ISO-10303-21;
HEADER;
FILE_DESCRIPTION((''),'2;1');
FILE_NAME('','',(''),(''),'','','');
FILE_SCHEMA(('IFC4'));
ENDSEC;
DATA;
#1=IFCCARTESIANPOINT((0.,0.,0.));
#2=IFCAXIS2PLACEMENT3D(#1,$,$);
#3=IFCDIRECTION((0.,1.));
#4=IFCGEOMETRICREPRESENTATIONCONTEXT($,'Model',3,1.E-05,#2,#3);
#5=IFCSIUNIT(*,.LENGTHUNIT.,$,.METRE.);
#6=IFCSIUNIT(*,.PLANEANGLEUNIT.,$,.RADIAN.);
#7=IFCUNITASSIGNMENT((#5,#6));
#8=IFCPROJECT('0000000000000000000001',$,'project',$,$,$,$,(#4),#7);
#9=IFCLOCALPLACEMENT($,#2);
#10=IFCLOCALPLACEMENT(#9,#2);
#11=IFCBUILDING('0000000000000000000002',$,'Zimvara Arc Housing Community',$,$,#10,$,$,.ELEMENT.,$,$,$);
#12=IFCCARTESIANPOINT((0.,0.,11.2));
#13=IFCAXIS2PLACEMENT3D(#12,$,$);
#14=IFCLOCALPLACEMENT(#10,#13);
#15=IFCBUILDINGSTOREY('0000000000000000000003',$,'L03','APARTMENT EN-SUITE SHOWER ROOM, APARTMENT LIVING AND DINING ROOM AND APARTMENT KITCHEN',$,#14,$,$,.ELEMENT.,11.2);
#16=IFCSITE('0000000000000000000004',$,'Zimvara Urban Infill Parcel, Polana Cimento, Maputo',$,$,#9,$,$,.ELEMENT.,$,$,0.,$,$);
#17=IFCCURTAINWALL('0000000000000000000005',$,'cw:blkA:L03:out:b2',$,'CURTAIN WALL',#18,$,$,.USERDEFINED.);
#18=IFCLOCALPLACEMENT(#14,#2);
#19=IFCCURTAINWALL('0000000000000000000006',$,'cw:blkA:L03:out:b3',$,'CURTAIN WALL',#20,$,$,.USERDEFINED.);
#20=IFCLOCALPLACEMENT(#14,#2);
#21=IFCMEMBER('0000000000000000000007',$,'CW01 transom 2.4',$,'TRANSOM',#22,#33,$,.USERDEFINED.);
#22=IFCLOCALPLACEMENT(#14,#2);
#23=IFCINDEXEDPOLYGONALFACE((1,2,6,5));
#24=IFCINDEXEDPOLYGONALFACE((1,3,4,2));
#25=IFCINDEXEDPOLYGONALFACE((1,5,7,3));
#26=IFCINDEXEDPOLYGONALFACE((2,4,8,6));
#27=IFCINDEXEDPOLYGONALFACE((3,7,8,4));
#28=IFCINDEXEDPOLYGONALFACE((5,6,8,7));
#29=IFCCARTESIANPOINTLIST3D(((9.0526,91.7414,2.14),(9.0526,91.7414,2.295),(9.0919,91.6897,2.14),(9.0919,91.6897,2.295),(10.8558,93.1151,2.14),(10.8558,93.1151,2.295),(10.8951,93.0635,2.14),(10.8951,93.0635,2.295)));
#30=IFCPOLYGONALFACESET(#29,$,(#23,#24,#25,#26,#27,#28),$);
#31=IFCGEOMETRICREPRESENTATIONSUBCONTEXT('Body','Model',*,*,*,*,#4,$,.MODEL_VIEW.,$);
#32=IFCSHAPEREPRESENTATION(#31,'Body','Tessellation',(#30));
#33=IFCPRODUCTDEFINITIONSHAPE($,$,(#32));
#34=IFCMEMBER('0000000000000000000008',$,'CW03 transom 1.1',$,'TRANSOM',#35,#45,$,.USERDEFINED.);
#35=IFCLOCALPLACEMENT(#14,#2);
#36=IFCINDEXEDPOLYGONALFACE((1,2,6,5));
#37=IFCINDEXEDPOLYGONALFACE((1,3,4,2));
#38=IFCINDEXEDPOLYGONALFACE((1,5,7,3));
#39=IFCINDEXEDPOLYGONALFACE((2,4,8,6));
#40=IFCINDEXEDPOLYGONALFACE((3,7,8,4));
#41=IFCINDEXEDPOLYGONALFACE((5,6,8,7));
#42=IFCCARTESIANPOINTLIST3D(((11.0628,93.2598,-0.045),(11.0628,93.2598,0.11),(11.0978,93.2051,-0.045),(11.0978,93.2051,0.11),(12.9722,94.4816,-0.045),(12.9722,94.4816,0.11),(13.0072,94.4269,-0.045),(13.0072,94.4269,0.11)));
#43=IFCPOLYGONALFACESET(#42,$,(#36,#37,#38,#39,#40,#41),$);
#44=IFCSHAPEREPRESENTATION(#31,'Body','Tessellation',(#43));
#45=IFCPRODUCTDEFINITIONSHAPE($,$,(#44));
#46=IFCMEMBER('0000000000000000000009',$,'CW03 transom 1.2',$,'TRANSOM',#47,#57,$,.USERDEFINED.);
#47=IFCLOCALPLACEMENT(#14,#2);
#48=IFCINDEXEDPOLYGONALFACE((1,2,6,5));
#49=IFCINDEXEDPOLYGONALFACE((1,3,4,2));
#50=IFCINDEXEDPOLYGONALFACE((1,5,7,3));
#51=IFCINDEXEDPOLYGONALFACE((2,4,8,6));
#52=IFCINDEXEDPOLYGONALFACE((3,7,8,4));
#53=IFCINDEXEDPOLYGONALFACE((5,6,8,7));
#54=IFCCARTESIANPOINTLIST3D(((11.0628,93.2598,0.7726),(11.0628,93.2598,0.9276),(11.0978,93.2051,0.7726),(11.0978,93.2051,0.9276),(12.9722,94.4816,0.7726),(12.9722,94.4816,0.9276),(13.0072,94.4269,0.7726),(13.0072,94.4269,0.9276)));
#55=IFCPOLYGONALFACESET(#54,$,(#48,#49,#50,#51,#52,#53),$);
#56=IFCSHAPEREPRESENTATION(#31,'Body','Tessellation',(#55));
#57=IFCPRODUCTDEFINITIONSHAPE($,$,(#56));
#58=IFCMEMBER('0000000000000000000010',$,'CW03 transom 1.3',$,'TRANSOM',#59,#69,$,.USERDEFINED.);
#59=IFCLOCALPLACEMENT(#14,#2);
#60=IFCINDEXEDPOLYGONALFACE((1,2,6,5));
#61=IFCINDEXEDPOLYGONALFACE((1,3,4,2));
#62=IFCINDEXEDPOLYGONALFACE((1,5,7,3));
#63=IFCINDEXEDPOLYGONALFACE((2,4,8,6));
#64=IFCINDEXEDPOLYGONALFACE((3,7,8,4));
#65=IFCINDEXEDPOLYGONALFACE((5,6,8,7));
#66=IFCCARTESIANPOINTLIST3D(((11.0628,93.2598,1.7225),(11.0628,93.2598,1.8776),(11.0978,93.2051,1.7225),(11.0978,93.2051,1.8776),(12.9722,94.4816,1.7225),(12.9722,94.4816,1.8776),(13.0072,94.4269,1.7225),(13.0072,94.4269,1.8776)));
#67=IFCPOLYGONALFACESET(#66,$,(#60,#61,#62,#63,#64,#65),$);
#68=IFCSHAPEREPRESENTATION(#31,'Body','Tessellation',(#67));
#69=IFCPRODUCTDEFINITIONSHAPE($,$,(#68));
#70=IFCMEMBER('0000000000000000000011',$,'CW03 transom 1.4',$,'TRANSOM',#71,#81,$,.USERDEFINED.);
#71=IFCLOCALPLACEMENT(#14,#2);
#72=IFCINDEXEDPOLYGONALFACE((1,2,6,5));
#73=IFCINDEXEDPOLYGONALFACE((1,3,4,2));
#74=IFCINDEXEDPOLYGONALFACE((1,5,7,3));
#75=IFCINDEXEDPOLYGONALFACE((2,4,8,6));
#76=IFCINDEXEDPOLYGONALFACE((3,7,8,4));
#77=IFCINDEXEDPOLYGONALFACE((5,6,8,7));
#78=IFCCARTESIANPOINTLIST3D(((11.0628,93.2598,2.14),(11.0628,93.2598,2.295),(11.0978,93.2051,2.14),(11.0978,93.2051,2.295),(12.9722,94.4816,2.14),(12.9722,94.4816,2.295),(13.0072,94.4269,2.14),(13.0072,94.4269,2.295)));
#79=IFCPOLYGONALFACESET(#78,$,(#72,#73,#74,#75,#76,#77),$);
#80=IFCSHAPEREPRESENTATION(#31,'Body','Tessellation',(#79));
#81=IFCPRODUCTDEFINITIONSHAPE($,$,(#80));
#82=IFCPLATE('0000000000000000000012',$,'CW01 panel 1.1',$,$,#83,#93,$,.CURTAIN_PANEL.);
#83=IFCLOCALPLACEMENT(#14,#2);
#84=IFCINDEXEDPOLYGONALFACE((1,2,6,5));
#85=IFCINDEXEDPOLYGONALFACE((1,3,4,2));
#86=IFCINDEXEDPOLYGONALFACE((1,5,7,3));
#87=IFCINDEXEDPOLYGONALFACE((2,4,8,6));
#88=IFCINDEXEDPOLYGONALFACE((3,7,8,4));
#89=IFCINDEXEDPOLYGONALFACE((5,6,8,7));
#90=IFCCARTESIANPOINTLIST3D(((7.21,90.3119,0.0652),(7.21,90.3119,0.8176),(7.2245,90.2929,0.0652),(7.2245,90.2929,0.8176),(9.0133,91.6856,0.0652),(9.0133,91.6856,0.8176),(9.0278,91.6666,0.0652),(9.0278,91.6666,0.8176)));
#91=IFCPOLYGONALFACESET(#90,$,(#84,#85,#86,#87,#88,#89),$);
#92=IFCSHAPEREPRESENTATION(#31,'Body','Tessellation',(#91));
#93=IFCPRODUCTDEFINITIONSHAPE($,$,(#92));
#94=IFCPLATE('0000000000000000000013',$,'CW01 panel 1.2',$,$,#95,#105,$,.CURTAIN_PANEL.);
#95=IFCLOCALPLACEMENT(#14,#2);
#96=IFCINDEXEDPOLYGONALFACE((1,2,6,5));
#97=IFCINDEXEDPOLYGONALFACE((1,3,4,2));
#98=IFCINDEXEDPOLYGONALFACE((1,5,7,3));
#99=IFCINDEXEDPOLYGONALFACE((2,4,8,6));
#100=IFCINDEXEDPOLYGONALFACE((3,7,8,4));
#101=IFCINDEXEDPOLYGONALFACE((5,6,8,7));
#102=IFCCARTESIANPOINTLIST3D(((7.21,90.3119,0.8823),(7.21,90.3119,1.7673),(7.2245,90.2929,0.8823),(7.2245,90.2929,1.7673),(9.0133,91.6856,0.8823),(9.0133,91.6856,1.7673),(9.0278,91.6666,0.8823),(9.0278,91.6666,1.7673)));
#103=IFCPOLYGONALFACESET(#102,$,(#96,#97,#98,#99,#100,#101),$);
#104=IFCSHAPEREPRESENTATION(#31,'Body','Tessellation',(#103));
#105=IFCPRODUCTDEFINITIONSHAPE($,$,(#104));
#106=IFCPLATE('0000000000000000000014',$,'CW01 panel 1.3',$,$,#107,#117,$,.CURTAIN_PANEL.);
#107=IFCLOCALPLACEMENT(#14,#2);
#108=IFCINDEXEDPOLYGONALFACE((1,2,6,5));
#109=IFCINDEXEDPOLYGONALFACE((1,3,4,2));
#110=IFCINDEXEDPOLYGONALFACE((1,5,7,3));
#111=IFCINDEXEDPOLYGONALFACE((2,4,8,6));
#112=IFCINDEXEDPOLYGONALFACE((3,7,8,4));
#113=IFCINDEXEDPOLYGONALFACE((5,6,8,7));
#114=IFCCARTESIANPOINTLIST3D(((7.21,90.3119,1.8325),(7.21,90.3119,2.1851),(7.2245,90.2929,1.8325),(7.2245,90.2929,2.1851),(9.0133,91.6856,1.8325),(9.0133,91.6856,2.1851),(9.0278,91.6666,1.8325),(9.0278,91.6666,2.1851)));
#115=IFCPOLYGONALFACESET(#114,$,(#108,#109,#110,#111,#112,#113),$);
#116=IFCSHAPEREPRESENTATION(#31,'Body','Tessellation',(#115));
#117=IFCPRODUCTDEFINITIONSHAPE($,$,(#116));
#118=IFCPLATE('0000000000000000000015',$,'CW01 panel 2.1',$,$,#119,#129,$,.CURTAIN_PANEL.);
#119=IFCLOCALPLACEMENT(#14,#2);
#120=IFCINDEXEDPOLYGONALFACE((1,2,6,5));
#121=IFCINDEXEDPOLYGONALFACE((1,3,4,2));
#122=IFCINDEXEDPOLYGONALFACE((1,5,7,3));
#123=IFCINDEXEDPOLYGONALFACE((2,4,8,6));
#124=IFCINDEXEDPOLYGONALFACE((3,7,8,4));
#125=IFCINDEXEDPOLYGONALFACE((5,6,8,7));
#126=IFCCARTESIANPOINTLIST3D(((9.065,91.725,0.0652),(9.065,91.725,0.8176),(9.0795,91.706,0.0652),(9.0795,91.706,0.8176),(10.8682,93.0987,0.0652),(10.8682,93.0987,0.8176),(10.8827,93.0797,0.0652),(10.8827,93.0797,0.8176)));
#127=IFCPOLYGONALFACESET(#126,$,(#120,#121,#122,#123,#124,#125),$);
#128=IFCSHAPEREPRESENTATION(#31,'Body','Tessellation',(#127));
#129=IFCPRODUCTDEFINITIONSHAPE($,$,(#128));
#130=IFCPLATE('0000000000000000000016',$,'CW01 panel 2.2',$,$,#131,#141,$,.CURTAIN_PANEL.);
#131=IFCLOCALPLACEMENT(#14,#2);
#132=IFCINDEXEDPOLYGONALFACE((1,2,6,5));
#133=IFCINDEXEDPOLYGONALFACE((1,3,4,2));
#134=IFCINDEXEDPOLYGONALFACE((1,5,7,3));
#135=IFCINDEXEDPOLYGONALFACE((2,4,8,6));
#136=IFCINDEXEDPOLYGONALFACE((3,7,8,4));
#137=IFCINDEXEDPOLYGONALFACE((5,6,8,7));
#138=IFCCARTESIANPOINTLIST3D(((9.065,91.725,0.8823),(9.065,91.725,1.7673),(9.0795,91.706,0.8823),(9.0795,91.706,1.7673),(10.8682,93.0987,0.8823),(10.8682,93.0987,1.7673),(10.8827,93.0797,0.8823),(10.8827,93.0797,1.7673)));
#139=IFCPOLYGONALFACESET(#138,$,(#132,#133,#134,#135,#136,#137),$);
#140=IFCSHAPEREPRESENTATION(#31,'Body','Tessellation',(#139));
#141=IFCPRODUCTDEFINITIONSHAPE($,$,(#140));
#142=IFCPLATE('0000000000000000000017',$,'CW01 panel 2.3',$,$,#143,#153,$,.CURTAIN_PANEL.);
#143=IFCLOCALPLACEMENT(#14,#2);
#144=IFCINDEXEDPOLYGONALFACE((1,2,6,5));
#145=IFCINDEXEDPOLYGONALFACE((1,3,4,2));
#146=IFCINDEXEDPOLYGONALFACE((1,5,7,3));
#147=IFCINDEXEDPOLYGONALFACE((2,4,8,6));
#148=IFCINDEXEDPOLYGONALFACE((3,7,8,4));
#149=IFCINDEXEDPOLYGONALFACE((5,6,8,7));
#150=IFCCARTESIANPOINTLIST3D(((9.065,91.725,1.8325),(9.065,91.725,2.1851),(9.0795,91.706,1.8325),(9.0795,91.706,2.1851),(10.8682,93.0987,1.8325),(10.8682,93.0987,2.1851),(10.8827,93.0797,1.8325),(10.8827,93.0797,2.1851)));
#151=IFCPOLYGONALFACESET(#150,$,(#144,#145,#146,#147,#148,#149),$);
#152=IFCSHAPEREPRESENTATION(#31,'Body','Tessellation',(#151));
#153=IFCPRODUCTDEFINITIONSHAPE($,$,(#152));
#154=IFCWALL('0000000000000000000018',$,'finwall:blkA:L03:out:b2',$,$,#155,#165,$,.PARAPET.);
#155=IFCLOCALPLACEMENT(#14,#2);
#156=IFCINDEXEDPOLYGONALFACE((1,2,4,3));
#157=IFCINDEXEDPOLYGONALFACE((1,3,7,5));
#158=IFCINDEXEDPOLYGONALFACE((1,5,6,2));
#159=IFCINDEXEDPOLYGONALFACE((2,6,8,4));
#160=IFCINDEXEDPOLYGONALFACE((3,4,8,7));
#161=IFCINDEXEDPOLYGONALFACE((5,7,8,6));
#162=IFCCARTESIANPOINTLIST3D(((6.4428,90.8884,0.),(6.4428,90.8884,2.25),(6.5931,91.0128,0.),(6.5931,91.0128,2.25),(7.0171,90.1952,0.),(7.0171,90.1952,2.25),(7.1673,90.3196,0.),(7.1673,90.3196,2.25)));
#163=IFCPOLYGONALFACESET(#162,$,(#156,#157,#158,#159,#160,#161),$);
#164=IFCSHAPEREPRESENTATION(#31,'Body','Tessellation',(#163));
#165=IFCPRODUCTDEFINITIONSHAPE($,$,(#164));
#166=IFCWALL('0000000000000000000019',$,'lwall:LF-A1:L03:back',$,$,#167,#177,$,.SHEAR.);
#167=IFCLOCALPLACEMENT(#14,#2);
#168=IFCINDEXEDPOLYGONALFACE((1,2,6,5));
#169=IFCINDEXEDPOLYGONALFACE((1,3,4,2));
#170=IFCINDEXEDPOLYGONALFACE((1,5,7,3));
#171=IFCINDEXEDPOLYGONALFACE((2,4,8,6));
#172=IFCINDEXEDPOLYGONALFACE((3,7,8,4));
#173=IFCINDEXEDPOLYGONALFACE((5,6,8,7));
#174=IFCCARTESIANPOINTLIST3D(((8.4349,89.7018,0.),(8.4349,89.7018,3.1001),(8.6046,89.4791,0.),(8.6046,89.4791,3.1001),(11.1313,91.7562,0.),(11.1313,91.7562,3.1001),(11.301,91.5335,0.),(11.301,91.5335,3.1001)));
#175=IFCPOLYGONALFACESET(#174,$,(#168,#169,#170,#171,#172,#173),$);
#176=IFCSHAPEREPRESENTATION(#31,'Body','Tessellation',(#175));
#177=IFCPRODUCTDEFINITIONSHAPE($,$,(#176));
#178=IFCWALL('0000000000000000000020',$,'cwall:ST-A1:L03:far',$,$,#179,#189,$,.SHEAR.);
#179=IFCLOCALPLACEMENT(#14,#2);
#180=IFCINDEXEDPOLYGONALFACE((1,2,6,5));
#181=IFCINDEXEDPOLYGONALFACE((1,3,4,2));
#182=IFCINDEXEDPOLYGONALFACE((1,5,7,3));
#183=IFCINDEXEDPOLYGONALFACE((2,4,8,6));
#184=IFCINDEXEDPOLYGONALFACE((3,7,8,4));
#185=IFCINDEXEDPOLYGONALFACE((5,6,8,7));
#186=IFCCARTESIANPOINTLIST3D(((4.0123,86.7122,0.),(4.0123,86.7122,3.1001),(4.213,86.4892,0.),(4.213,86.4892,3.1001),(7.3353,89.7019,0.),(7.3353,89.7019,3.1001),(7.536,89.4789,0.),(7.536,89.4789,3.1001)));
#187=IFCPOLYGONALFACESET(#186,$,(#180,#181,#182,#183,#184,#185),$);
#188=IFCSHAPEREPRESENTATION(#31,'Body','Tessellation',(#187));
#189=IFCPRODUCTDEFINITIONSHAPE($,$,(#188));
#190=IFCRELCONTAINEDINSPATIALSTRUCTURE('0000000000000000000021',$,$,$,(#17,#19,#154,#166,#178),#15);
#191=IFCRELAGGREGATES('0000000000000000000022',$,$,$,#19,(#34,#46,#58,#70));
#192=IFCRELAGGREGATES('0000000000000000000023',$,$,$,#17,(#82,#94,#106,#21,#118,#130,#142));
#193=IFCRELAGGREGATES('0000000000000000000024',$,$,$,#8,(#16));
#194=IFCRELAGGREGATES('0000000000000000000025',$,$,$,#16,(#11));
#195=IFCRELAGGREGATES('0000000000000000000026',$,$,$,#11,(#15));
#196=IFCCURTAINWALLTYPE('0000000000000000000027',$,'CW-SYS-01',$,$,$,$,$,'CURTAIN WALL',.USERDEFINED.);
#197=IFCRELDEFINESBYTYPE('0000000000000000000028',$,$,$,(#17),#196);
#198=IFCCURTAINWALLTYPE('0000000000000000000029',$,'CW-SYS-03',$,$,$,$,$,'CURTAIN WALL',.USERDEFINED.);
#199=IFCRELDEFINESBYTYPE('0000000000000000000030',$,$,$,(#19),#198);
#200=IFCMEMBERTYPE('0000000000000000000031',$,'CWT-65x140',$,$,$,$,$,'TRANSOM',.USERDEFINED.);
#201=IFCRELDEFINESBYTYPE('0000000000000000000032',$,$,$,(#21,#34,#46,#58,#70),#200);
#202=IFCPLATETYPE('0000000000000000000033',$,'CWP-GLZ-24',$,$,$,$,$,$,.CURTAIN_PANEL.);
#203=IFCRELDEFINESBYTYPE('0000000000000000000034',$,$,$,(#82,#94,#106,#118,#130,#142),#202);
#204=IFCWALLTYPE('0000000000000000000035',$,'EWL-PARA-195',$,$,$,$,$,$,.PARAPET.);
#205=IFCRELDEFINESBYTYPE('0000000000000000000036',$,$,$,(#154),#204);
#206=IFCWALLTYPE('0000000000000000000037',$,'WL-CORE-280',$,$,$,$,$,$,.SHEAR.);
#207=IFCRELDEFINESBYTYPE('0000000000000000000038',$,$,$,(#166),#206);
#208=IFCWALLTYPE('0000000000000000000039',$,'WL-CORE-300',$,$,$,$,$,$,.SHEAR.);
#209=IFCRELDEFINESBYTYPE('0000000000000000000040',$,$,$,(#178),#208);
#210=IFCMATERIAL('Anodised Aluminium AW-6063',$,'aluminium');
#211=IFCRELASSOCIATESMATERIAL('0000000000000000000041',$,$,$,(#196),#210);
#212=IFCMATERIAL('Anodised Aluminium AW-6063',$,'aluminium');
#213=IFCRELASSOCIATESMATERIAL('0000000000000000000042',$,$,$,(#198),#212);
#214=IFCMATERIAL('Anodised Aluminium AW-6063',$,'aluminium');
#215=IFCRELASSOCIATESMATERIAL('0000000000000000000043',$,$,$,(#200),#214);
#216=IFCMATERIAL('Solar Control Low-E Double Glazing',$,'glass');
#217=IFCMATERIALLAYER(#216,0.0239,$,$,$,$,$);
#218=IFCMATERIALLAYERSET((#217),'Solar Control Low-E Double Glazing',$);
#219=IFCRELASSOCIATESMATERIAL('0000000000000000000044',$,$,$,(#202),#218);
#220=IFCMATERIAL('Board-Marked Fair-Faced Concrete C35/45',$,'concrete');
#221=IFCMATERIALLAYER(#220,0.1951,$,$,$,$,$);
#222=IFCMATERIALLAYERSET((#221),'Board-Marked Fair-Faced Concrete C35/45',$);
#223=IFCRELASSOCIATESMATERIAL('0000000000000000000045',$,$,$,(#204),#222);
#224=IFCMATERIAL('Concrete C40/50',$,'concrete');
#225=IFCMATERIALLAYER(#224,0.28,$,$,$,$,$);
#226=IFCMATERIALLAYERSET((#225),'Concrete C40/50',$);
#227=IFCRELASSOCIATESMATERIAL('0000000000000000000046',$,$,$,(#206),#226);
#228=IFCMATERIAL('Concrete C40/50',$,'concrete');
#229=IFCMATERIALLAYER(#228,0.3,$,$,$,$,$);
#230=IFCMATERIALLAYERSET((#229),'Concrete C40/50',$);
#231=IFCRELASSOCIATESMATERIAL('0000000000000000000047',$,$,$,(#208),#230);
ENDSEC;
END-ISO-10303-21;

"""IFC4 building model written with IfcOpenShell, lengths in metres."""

from ifc_helpers import new_model, si_unit, direction, frame, frame_2d, origin, origin_2d, place, context, subcontext, project, spatial, rectangle, extrude, material, layer, layer_set, material_profile, profile_set, type_object, element, aggregate, save


model = new_model("IFC4")

# Units and contexts
model_context = context("Model", 3, precision=1e-05, world=origin(), true_north=direction((0.0, 1.0)))
body_context = subcontext(model_context, "Body", "Model", "MODEL_VIEW")
ifc_project = project(units=[si_unit("LENGTHUNIT", "METRE"), si_unit("PLANEANGLEUNIT", "RADIAN")], contexts=[model_context])

# Site, building, storey
site_placement = place(None, origin())
site = spatial("IfcSite", under=ifc_project, at=site_placement, Name="Zimvara Urban Infill Parcel, Polana Cimento, Maputo", CompositionType="ELEMENT", RefElevation=0.0)
building_placement = place(site_placement, origin())
building = spatial("IfcBuilding", under=site, at=building_placement, Name="Zimvara Arc Housing Community", CompositionType="ELEMENT")
storey_placement = place(building_placement, frame((0.0, 0.0, 11.2)))
storey = spatial("IfcBuildingStorey", under=building, at=storey_placement, Name="L03", Description="APARTMENT EN-SUITE SHOWER ROOM, APARTMENT LIVING AND DINING ROOM AND APARTMENT KITCHEN", CompositionType="ELEMENT", Elevation=11.2)

# Curtain wall
ifc_material_1 = material(Name="Anodised Aluminium AW-6063", Category="aluminium")
curtain_wall_type_1 = type_object("IfcCurtainWallType", Name="CW-SYS-01", ElementType="CURTAIN WALL", PredefinedType="USERDEFINED", material=ifc_material_1)
curtain_wall_1_placement = place(storey_placement, origin())
curtain_wall_1 = element("IfcCurtainWall", 1, at=curtain_wall_1_placement, inside=storey, type_object=curtain_wall_type_1, Name="cw:blkA:L03:out:b2", ObjectType="CURTAIN WALL", PredefinedType="USERDEFINED")

# Curtain wall
ifc_material_2 = material(Name="Anodised Aluminium AW-6063", Category="aluminium")
curtain_wall_type_2 = type_object("IfcCurtainWallType", Name="CW-SYS-03", ElementType="CURTAIN WALL", PredefinedType="USERDEFINED", material=ifc_material_2)
curtain_wall_2_placement = place(storey_placement, origin())
curtain_wall_2 = element("IfcCurtainWall", 2, at=curtain_wall_2_placement, inside=storey, type_object=curtain_wall_type_2, Name="cw:blkA:L03:out:b3", ObjectType="CURTAIN WALL", PredefinedType="USERDEFINED")

# Members
ifc_material_3 = material(Name="Anodised Aluminium AW-6063", Category="aluminium")
ifc_material_profile_1 = material_profile(ifc_material_3, rectangle(XDim=0.0649, YDim=0.155, at=origin_2d()), Name="ALU 65x155")
ifc_profile_set_1 = profile_set([ifc_material_profile_1], Name="Anodised Aluminium AW-6063")
member_type_1 = type_object("IfcMemberType", Name="CWT-65x140", ElementType="TRANSOM", PredefinedType="USERDEFINED", material=ifc_profile_set_1)
member_1_placement = place(storey_placement, frame((9.0723, 91.7156, 2.2175), z_axis=(0.795454, 0.606014, 0.0), x_axis=(-0.606014, 0.795454, 0.0)))
member_1 = element("IfcMember", 3, at=member_1_placement, type_object=member_type_1, Name="CW01 transom 2.4", ObjectType="TRANSOM", PredefinedType="USERDEFINED", context=body_context, shape_type="SweptSolid", body=[
    extrude(rectangle(XDim=0.0649, YDim=0.155, at=origin_2d()), origin(), (0.0, 0.0, 1.0), 2.2668),
])
member_2_placement = place(storey_placement, frame((11.0803, 93.2324, 0.0325), z_axis=(0.842293, 0.53902, 0.0), x_axis=(-0.53902, 0.842293, 0.0)))
member_2 = element("IfcMember", 4, at=member_2_placement, type_object=member_type_1, Name="CW03 transom 1.1", ObjectType="TRANSOM", PredefinedType="USERDEFINED", context=body_context, shape_type="SweptSolid", body=[
    extrude(rectangle(XDim=0.0649, YDim=0.155, at=origin_2d()), origin(), (0.0, 0.0, 1.0), 2.2668),
])
member_3_placement = place(storey_placement, frame((11.0803, 93.2324, 0.8501), z_axis=(0.842293, 0.53902, 0.0), x_axis=(-0.53902, 0.842293, 0.0)))
member_3 = element("IfcMember", 5, at=member_3_placement, type_object=member_type_1, Name="CW03 transom 1.2", ObjectType="TRANSOM", PredefinedType="USERDEFINED", context=body_context, shape_type="SweptSolid", body=[
    extrude(rectangle(XDim=0.0649, YDim=0.155, at=origin_2d()), origin(), (0.0, 0.0, 1.0), 2.2668),
])
member_4_placement = place(storey_placement, frame((11.0803, 93.2324, 1.8), z_axis=(0.842293, 0.53902, 0.0), x_axis=(-0.53902, 0.842293, 0.0)))
member_4 = element("IfcMember", 6, at=member_4_placement, type_object=member_type_1, Name="CW03 transom 1.3", ObjectType="TRANSOM", PredefinedType="USERDEFINED", context=body_context, shape_type="SweptSolid", body=[
    extrude(rectangle(XDim=0.0649, YDim=0.155, at=origin_2d()), origin(), (0.0, 0.0, 1.0), 2.2668),
])
member_5_placement = place(storey_placement, frame((11.0803, 93.2324, 2.2175), z_axis=(0.842293, 0.53902, 0.0), x_axis=(-0.53902, 0.842293, 0.0)))
member_5 = element("IfcMember", 7, at=member_5_placement, type_object=member_type_1, Name="CW03 transom 1.4", ObjectType="TRANSOM", PredefinedType="USERDEFINED", context=body_context, shape_type="SweptSolid", body=[
    extrude(rectangle(XDim=0.0649, YDim=0.155, at=origin_2d()), origin(), (0.0, 0.0, 1.0), 2.2668),
])
aggregate(curtain_wall_2, [member_2, member_3, member_4, member_5])

# Plates
ifc_material_4 = material(Name="Solar Control Low-E Double Glazing", Category="glass")
ifc_layer_1 = layer(ifc_material_4, 0.0239)
ifc_layer_set_1 = layer_set([ifc_layer_1], Name="Solar Control Low-E Double Glazing")
plate_type = type_object("IfcPlateType", Name="CWP-GLZ-24", PredefinedType="CURTAIN_PANEL", material=ifc_layer_set_1)
plate_1_placement = place(storey_placement, frame((8.1189, 90.9893, 0.0652), z_axis=(0.0, 0.0, 1.0), x_axis=(0.795474, 0.605988, 0.0)))
plate_1 = element("IfcPlate", 8, at=plate_1_placement, type_object=plate_type, Name="CW01 panel 1.1", PredefinedType="CURTAIN_PANEL", context=body_context, shape_type="SweptSolid", body=[
    extrude(rectangle(XDim=2.2668, YDim=0.0239, at=origin_2d()), origin(), (0.0, 0.0, 1.0), 0.7524),
])
plate_2_placement = place(storey_placement, frame((8.1189, 90.9893, 0.8823), z_axis=(0.0, 0.0, 1.0), x_axis=(0.795474, 0.605988, 0.0)))
plate_2 = element("IfcPlate", 9, at=plate_2_placement, type_object=plate_type, Name="CW01 panel 1.2", PredefinedType="CURTAIN_PANEL", context=body_context, shape_type="SweptSolid", body=[
    extrude(rectangle(XDim=2.2668, YDim=0.0239, at=origin_2d()), origin(), (0.0, 0.0, 1.0), 0.885),
])
plate_3_placement = place(storey_placement, frame((8.1189, 90.9893, 1.8325), z_axis=(0.0, 0.0, 1.0), x_axis=(0.795474, 0.605988, 0.0)))
plate_3 = element("IfcPlate", 10, at=plate_3_placement, type_object=plate_type, Name="CW01 panel 1.3", PredefinedType="CURTAIN_PANEL", context=body_context, shape_type="SweptSolid", body=[
    extrude(rectangle(XDim=2.2668, YDim=0.0239, at=origin_2d()), origin(), (0.0, 0.0, 1.0), 0.3525),
])
plate_4_placement = place(storey_placement, frame((9.9739, 92.4023, 0.0652), z_axis=(0.0, 0.0, 1.0), x_axis=(0.795474, 0.605988, 0.0)))
plate_4 = element("IfcPlate", 11, at=plate_4_placement, type_object=plate_type, Name="CW01 panel 2.1", PredefinedType="CURTAIN_PANEL", context=body_context, shape_type="SweptSolid", body=[
    extrude(rectangle(XDim=2.2668, YDim=0.0239, at=origin_2d()), origin(), (0.0, 0.0, 1.0), 0.7524),
])
plate_5_placement = place(storey_placement, frame((9.9739, 92.4023, 0.8823), z_axis=(0.0, 0.0, 1.0), x_axis=(0.795474, 0.605988, 0.0)))
plate_5 = element("IfcPlate", 12, at=plate_5_placement, type_object=plate_type, Name="CW01 panel 2.2", PredefinedType="CURTAIN_PANEL", context=body_context, shape_type="SweptSolid", body=[
    extrude(rectangle(XDim=2.2668, YDim=0.0239, at=origin_2d()), origin(), (0.0, 0.0, 1.0), 0.885),
])
plate_6_placement = place(storey_placement, frame((9.9739, 92.4023, 1.8325), z_axis=(0.0, 0.0, 1.0), x_axis=(0.795474, 0.605988, 0.0)))
plate_6 = element("IfcPlate", 13, at=plate_6_placement, type_object=plate_type, Name="CW01 panel 2.3", PredefinedType="CURTAIN_PANEL", context=body_context, shape_type="SweptSolid", body=[
    extrude(rectangle(XDim=2.2668, YDim=0.0239, at=origin_2d()), origin(), (0.0, 0.0, 1.0), 0.3525),
])
aggregate(curtain_wall_1, [plate_1, plate_2, plate_3, member_1, plate_4, plate_5, plate_6])

# Walls
ifc_material_5 = material(Name="Board-Marked Fair-Faced Concrete C35/45", Category="concrete")
ifc_layer_2 = layer(ifc_material_5, 0.1951)
ifc_layer_set_2 = layer_set([ifc_layer_2], Name="Board-Marked Fair-Faced Concrete C35/45")
wall_type_1 = type_object("IfcWallType", Name="EWL-PARA-195", PredefinedType="PARAPET", material=ifc_layer_set_2)
wall_1_placement = place(storey_placement, frame((7.0923, 90.2573, 0.0), z_axis=(0.0, 0.0, 1.0), x_axis=(-0.637967, 0.770063, 0.0)))
element("IfcWall", 14, at=wall_1_placement, inside=storey, type_object=wall_type_1, Name="finwall:blkA:L03:out:b2", PredefinedType="PARAPET", context=body_context, shape_type="SweptSolid", body=[
    extrude(rectangle(XDim=0.9001, YDim=0.1951, at=frame_2d((0.4502, 0.0))), origin(), (0.0, 0.0, 1.0), 2.25),
])
ifc_material_6 = material(Name="Concrete C40/50", Category="concrete")
ifc_layer_3 = layer(ifc_material_6, 0.28)
ifc_layer_set_3 = layer_set([ifc_layer_3], Name="Concrete C40/50")
wall_type_2 = type_object("IfcWallType", Name="WL-CORE-280", PredefinedType="SHEAR", material=ifc_layer_set_3)
wall_2_placement = place(storey_placement, frame((11.2161, 91.6448, 0.0), z_axis=(0.0, 0.0, 1.0), x_axis=(-0.79544, -0.606032, 0.0)))
element("IfcWall", 15, at=wall_2_placement, inside=storey, type_object=wall_type_2, Name="lwall:LF-A1:L03:back", PredefinedType="SHEAR", context=body_context, shape_type="SweptSolid", body=[
    extrude(rectangle(XDim=3.3899, YDim=0.28, at=frame_2d((1.6948, 0.0))), origin(), (0.0, 0.0, 1.0), 3.1001),
])
ifc_material_7 = material(Name="Concrete C40/50", Category="concrete")
ifc_layer_4 = layer(ifc_material_7, 0.3)
ifc_layer_set_4 = layer_set([ifc_layer_4], Name="Concrete C40/50")
wall_type_3 = type_object("IfcWallType", Name="WL-CORE-300", PredefinedType="SHEAR", material=ifc_layer_set_4)
wall_3_placement = place(storey_placement, frame((7.4355, 89.5903, 0.0), z_axis=(0.0, 0.0, 1.0), x_axis=(-0.7434, -0.668847, 0.0)))
element("IfcWall", 16, at=wall_3_placement, inside=storey, type_object=wall_type_3, Name="cwall:ST-A1:L03:far", PredefinedType="SHEAR", context=body_context, shape_type="SweptSolid", body=[
    extrude(rectangle(XDim=4.47, YDim=0.3, at=frame_2d((2.2349, 0.0))), origin(), (0.0, 0.0, 1.0), 3.1001),
])

save(model, "model.ifc")
